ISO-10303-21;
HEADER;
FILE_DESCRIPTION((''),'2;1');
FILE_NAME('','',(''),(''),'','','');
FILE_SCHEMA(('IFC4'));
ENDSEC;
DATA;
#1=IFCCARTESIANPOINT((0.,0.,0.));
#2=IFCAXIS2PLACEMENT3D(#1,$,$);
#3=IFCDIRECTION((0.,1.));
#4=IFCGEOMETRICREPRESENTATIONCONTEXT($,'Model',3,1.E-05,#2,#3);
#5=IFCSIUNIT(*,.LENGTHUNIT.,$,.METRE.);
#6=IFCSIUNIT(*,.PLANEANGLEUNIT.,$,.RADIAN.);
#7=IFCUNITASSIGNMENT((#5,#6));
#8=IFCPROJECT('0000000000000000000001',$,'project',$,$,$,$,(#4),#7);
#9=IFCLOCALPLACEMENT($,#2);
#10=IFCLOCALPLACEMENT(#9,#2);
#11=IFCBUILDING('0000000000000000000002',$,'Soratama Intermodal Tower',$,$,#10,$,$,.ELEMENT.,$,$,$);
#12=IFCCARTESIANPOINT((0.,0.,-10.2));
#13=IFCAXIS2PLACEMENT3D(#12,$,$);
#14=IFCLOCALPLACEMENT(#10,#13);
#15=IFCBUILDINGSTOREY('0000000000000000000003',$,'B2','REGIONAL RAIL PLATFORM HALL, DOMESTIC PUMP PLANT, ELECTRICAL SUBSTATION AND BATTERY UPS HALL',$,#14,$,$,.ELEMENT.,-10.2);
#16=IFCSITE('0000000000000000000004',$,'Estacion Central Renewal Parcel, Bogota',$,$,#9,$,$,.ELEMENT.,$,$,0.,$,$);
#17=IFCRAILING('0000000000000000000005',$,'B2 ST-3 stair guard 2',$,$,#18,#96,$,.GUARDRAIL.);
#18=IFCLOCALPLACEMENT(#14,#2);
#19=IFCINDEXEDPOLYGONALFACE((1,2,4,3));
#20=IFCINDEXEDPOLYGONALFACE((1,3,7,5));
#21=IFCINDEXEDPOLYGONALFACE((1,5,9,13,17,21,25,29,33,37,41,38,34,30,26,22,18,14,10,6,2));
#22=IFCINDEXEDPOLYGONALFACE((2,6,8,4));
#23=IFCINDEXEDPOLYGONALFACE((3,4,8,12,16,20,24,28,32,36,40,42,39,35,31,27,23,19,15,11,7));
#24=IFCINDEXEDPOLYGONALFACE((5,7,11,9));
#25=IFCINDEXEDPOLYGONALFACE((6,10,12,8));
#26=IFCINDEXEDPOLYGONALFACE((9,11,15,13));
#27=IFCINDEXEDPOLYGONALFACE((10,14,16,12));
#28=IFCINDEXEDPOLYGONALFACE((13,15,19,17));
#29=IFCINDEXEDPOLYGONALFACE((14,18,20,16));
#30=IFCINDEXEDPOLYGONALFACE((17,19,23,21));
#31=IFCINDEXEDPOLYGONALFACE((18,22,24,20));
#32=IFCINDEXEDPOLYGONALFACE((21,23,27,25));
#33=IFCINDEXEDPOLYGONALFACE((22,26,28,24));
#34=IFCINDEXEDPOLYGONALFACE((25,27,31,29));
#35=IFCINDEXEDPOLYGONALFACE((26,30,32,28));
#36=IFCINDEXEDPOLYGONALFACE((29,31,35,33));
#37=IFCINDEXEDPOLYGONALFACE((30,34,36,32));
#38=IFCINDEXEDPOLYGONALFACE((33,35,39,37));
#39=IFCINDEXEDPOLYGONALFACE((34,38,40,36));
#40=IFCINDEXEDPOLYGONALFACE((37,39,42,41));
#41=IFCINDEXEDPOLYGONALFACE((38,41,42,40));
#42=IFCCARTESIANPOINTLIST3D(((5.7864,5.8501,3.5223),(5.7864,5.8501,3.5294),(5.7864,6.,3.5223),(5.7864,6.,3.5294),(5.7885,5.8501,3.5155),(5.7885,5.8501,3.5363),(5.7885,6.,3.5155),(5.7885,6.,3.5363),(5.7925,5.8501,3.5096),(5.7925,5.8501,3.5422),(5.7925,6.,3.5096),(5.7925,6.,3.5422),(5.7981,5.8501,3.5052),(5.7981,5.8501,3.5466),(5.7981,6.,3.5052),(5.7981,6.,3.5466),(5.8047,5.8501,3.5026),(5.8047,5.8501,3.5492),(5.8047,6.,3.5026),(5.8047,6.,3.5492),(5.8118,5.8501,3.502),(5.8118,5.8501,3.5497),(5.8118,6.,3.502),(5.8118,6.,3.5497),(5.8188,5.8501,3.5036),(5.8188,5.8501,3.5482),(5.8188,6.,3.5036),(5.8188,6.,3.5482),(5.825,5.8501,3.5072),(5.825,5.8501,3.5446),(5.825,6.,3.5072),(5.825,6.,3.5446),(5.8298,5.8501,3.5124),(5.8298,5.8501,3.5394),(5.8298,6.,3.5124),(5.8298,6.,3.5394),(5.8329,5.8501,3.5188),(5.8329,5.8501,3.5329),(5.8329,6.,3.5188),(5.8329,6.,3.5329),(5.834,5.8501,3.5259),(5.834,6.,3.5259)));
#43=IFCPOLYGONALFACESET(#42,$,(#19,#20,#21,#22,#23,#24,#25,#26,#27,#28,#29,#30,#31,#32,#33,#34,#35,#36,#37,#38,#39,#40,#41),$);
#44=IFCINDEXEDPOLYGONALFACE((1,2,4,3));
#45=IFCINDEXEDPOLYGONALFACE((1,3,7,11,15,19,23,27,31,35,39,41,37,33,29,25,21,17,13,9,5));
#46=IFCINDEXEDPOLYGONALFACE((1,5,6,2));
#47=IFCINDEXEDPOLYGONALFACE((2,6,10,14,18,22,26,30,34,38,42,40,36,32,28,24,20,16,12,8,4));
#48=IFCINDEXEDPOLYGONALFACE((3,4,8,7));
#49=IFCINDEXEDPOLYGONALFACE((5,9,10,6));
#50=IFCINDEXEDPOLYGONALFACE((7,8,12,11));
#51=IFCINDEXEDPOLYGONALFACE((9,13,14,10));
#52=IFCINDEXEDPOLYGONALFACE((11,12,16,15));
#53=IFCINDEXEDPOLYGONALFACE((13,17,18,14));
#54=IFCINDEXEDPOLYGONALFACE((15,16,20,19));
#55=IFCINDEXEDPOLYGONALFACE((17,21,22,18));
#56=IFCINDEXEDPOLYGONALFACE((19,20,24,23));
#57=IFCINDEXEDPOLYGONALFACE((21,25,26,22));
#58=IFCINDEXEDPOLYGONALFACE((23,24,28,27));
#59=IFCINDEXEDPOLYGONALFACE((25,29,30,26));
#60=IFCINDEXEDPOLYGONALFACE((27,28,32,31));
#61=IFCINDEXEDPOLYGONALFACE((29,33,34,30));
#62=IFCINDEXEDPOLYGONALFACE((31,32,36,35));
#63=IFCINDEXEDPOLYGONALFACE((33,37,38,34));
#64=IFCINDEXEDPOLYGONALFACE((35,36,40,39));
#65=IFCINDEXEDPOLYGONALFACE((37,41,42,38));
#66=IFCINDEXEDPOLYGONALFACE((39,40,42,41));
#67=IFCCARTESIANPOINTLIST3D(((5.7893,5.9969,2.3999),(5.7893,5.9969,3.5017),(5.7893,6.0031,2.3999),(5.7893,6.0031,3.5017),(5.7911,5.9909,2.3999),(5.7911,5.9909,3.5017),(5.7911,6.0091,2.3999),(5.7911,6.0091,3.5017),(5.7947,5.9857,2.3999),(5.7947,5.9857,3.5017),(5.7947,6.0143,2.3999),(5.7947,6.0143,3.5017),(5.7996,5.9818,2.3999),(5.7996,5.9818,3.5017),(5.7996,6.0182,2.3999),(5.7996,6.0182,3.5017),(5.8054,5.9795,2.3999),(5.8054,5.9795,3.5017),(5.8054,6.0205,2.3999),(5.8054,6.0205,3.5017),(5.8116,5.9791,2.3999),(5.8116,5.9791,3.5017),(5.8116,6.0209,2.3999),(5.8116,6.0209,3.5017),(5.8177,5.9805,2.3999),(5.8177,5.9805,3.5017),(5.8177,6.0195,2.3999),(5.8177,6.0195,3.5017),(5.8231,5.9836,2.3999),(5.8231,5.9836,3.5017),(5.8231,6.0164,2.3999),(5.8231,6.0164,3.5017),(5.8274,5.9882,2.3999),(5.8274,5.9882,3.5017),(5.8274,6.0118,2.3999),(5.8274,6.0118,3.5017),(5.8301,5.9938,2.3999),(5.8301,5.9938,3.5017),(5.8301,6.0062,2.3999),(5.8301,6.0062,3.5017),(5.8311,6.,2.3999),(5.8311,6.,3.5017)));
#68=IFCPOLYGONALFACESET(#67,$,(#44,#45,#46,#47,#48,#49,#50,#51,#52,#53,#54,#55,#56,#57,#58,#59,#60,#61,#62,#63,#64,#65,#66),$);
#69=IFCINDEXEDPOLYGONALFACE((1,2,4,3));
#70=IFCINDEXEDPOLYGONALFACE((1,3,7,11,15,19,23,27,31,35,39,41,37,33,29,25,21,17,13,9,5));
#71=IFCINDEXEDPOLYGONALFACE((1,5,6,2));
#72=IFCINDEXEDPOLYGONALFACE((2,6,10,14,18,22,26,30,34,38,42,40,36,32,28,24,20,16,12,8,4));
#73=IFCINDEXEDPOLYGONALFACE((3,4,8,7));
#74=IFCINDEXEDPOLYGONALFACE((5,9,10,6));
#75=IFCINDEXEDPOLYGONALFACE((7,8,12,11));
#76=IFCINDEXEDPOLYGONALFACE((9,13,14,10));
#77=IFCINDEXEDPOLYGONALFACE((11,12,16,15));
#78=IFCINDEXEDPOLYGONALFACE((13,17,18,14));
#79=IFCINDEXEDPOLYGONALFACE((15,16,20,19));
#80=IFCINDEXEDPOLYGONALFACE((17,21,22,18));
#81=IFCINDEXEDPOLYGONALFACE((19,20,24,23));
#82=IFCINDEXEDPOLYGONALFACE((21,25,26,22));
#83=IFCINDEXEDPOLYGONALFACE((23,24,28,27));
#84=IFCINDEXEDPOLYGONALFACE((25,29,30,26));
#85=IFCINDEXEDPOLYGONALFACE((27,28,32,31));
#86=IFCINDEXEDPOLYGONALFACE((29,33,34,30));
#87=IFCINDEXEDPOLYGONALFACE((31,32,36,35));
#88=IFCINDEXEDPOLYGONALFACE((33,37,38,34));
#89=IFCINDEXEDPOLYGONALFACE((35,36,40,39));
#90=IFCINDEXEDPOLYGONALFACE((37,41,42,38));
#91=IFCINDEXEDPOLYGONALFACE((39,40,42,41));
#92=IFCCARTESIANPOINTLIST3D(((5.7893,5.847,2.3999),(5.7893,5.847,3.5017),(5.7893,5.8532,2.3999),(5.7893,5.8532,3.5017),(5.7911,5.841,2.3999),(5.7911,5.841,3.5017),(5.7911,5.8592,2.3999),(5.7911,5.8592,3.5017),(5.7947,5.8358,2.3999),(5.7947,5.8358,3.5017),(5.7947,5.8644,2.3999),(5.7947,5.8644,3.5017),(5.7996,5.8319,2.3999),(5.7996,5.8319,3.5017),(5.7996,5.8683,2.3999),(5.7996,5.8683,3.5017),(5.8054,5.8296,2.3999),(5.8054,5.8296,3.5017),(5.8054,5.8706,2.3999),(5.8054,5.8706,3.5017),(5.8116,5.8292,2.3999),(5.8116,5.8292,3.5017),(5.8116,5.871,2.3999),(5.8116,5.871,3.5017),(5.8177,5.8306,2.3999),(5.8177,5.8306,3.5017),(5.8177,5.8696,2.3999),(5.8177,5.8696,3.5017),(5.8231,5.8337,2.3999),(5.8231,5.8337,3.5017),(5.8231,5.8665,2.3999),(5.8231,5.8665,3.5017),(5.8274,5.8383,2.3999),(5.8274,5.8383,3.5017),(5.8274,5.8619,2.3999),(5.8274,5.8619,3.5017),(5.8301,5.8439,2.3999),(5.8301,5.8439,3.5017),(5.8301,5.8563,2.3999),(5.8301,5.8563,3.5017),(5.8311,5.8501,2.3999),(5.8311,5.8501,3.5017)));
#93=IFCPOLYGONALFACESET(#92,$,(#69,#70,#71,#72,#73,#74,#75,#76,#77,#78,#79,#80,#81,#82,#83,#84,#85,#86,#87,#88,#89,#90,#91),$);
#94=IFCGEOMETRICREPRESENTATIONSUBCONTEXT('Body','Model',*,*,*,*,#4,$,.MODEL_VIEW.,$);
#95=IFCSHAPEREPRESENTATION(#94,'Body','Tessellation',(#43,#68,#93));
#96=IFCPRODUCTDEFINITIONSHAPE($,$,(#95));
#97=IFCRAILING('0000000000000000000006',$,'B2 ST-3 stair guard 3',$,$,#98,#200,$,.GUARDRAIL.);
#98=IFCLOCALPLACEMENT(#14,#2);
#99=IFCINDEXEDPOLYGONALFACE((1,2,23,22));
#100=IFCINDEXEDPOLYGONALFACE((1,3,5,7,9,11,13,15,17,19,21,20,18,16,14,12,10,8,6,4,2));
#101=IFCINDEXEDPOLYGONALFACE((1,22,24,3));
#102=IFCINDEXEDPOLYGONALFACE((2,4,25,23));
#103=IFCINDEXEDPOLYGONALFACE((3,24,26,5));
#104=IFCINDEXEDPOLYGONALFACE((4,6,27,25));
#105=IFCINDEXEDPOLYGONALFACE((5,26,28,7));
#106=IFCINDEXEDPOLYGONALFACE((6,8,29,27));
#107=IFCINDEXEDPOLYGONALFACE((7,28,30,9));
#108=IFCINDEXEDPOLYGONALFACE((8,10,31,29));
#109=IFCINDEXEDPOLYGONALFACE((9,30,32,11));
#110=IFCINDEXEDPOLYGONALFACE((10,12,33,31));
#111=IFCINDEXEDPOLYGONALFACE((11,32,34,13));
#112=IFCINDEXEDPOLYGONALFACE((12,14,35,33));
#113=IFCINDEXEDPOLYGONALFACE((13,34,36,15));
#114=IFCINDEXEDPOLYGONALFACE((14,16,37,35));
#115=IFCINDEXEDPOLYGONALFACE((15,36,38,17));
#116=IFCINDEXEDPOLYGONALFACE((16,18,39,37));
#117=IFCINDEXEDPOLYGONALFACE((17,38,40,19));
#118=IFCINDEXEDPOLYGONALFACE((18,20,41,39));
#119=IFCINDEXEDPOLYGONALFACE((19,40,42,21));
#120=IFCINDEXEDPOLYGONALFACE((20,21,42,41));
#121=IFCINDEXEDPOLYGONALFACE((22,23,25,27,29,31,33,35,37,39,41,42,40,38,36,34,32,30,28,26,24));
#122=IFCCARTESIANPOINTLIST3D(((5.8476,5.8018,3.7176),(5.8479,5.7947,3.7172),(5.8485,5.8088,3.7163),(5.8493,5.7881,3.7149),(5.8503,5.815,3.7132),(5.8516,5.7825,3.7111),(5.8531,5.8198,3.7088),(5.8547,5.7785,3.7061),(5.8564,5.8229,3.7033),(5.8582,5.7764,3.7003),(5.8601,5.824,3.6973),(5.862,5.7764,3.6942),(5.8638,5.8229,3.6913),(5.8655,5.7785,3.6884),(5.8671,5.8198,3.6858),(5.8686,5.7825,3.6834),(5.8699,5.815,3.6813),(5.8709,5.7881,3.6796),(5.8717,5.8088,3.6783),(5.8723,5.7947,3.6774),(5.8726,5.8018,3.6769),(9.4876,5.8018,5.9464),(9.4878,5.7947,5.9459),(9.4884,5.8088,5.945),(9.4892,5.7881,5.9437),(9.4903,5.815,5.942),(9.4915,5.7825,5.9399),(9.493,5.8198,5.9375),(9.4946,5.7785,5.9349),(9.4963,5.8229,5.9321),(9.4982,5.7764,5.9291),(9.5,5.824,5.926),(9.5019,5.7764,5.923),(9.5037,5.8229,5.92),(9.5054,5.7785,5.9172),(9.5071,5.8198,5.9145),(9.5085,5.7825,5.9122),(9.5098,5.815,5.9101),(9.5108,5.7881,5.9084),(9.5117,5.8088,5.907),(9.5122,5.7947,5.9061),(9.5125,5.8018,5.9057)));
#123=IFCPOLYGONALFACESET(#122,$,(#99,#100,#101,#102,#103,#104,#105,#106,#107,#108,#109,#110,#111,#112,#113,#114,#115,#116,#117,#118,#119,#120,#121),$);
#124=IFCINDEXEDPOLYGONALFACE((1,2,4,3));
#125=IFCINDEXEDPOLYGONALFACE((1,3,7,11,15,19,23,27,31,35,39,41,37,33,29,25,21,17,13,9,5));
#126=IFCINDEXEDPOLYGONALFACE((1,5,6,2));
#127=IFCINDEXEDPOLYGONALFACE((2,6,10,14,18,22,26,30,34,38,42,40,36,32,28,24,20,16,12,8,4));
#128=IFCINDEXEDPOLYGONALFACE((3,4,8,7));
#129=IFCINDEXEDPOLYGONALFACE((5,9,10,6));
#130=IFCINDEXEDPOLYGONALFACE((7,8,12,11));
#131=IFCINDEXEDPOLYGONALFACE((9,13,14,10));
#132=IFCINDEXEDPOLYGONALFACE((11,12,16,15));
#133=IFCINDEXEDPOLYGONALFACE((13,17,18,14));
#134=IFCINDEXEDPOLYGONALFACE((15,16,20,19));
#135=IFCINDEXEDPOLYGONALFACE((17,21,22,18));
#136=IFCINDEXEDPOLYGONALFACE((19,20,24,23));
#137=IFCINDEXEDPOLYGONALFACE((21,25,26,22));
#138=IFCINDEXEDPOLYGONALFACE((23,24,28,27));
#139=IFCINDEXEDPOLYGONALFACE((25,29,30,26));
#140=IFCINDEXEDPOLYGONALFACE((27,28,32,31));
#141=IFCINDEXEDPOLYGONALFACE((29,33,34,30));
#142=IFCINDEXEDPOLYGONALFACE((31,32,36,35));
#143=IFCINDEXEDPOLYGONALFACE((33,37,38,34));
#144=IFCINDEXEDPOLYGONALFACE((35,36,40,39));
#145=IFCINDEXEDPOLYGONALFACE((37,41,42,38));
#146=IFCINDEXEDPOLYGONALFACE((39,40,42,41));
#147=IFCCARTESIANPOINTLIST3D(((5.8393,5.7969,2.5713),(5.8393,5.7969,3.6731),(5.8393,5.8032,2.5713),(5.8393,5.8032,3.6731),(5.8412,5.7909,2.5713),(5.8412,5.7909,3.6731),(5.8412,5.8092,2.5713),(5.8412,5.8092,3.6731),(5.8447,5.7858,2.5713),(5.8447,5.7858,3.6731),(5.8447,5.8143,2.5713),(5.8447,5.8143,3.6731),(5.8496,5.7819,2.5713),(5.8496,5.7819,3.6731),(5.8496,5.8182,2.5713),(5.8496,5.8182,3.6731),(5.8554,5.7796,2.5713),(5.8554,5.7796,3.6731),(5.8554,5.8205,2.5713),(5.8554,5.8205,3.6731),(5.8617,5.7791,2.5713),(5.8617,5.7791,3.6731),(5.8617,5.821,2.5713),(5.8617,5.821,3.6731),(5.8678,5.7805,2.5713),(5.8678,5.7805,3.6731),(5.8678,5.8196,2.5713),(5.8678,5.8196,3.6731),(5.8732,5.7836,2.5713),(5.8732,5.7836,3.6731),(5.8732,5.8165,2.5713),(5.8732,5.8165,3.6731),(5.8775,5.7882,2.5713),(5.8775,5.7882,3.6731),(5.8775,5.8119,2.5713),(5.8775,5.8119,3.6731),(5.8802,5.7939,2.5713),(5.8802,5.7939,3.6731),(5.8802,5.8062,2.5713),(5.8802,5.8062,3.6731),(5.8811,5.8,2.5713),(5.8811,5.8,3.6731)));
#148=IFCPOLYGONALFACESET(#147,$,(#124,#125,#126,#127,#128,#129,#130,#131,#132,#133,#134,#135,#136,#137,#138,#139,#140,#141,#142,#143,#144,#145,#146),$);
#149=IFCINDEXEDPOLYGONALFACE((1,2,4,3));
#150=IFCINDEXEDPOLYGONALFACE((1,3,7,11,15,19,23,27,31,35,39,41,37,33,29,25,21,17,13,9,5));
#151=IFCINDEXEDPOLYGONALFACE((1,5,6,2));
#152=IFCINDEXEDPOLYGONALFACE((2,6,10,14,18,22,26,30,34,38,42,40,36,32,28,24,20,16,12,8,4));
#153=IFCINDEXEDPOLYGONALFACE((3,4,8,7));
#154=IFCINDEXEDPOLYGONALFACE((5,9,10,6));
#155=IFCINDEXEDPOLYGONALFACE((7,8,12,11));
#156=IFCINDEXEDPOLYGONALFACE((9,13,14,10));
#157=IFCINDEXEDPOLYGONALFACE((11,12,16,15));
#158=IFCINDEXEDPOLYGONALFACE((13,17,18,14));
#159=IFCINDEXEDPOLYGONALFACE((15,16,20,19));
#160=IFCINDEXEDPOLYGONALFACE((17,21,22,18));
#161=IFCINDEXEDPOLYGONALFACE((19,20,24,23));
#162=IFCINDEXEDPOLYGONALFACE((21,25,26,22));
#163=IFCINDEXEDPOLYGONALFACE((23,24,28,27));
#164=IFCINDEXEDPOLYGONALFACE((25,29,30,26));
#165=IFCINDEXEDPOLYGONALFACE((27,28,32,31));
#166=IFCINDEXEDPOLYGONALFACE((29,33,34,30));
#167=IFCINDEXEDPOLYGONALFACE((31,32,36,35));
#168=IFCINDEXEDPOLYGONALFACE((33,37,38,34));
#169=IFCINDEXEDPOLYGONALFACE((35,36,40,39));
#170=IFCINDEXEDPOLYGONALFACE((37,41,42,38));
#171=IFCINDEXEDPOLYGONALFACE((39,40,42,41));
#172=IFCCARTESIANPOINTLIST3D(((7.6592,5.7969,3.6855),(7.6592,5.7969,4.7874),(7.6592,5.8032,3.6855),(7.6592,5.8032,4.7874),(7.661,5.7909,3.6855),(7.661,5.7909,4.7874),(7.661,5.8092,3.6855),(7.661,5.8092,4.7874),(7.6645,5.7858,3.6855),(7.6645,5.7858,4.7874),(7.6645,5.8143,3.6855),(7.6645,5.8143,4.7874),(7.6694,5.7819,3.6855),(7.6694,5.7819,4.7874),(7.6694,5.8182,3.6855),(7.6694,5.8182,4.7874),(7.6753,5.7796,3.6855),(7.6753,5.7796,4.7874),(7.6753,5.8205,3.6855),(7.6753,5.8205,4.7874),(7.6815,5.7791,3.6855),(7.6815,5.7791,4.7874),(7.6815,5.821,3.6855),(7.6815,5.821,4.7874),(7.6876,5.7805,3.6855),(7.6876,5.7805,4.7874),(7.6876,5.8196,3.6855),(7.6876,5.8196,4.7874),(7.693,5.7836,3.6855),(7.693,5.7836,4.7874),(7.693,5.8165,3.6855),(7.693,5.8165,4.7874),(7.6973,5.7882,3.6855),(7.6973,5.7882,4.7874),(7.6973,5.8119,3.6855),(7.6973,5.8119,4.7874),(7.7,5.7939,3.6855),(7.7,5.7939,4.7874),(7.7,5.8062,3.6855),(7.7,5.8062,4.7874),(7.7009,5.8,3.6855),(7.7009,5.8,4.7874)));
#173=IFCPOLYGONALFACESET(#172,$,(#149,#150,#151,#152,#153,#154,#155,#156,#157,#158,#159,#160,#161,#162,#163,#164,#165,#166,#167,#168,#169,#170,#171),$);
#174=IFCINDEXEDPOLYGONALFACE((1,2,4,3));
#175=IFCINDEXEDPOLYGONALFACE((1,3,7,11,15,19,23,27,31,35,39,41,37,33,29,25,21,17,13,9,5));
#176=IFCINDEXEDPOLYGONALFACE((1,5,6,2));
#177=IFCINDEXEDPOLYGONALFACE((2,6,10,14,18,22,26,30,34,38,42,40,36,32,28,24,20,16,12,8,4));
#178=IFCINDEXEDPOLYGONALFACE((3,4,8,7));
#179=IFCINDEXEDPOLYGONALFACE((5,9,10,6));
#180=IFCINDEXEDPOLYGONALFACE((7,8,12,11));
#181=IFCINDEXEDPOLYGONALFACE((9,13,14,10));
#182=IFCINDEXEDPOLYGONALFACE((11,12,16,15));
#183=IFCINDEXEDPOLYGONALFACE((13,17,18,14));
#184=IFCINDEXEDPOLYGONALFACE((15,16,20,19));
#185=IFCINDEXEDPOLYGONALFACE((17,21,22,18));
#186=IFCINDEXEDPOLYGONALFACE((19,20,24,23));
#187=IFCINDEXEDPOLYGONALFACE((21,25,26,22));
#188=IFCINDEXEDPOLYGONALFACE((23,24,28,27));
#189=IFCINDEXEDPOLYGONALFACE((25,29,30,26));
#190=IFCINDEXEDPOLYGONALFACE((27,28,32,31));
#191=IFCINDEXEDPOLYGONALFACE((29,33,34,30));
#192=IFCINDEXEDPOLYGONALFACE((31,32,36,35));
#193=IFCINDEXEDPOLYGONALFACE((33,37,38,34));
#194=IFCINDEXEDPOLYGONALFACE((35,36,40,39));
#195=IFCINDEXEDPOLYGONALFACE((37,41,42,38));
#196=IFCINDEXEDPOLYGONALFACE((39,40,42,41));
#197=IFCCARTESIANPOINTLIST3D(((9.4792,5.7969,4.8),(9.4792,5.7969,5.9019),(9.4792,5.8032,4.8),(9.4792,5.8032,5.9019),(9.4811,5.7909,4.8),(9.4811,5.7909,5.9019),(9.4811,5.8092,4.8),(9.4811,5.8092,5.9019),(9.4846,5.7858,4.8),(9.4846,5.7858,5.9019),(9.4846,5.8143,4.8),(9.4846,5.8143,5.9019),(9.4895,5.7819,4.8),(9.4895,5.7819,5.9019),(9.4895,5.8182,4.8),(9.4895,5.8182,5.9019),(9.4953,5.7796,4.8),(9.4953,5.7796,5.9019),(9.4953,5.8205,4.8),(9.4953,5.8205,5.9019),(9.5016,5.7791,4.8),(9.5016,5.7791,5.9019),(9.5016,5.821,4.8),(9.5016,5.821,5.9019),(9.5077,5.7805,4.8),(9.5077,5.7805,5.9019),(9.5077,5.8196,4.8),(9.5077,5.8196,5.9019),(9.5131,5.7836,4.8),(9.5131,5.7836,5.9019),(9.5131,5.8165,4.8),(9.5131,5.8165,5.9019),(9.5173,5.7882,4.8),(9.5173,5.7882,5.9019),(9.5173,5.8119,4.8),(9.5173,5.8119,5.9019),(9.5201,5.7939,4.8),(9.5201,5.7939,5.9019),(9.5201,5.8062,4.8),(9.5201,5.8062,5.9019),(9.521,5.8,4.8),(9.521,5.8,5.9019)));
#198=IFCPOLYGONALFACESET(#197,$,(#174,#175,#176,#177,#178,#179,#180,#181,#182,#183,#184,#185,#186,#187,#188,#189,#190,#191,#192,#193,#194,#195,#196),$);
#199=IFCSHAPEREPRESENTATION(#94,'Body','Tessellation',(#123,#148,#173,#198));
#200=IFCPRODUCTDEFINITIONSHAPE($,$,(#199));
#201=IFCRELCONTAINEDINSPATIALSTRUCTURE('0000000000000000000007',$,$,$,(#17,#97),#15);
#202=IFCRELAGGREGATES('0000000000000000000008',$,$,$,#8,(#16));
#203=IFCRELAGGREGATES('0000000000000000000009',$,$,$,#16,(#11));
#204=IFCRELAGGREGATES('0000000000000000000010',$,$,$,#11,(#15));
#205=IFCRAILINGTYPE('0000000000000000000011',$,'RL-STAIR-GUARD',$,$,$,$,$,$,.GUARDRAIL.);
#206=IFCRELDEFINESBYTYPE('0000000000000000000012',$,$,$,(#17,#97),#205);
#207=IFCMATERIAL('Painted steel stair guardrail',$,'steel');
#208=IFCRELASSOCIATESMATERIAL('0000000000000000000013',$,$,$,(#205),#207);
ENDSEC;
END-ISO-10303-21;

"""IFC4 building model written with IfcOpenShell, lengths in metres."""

from ifc_helpers import new_model, si_unit, direction, frame, origin, origin_2d, place, context, subcontext, project, spatial, circle, extrude, material, type_object, element, save


model = new_model("IFC4")

# Units and contexts
model_context = context("Model", 3, precision=1e-05, world=origin(), true_north=direction((0.0, 1.0)))
body_context = subcontext(model_context, "Body", "Model", "MODEL_VIEW")
ifc_project = project(units=[si_unit("LENGTHUNIT", "METRE"), si_unit("PLANEANGLEUNIT", "RADIAN")], contexts=[model_context])

# Site, building, storey
site_placement = place(None, origin())
site = spatial("IfcSite", under=ifc_project, at=site_placement, Name="Estacion Central Renewal Parcel, Bogota", CompositionType="ELEMENT", RefElevation=0.0)
building_placement = place(site_placement, origin())
building = spatial("IfcBuilding", under=site, at=building_placement, Name="Soratama Intermodal Tower", CompositionType="ELEMENT")
storey_placement = place(building_placement, frame((0.0, 0.0, -10.2)))
storey = spatial("IfcBuildingStorey", under=building, at=storey_placement, Name="B2", Description="REGIONAL RAIL PLATFORM HALL, DOMESTIC PUMP PLANT, ELECTRICAL SUBSTATION AND BATTERY UPS HALL", CompositionType="ELEMENT", Elevation=-10.2)

# Railings
ifc_material_1 = material(Name="Painted steel stair guardrail", Category="steel")
railing_type_1 = type_object("IfcRailingType", Name="RL-STAIR-GUARD", PredefinedType="GUARDRAIL", material=ifc_material_1)
railing_1_placement = place(storey_placement, frame((5.8101, 6.0, 2.3999)))
element("IfcRailing", 1, at=railing_1_placement, inside=storey, type_object=railing_type_1, Name="B2 ST-3 stair guard 2", PredefinedType="GUARDRAIL", context=body_context, shape_type="SweptSolid", body=[
    extrude(circle(Radius=0.0239, at=origin_2d()), frame((0.0, 0.0, 1.126), z_axis=(0.0, -1.0, 0.0), x_axis=(1.0, 0.0, 0.0)), (0.0, 0.0, 1.0), 0.1499),
    extrude(circle(Radius=0.021, at=origin_2d()), origin(), (0.0, 0.0, 1.0), 1.1018),
    extrude(circle(Radius=0.021, at=origin_2d()), frame((0.0, -0.1499, 0.0)), (0.0, 0.0, 1.0), 1.1018),
])
railing_2_placement = place(storey_placement, frame((5.8601, 5.8, 2.5713)))
element("IfcRailing", 2, at=railing_2_placement, inside=storey, type_object=railing_type_1, Name="B2 ST-3 stair guard 3", PredefinedType="GUARDRAIL", context=body_context, shape_type="SweptSolid", body=[
    extrude(circle(Radius=0.0239, at=origin_2d()), frame((0.0, 0.0, 1.126), z_axis=(0.852825, 0.0, 0.522197), x_axis=(0.0, 1.0, 0.0)), (0.0, 0.0, 1.0), 4.2681),
    extrude(circle(Radius=0.021, at=origin_2d()), origin(), (0.0, 0.0, 1.0), 1.1018),
    extrude(circle(Radius=0.021, at=origin_2d()), frame((1.8198, 0.0, 1.1143)), (0.0, 0.0, 1.0), 1.1018),
    extrude(circle(Radius=0.021, at=origin_2d()), frame((3.6399, 0.0, 2.2288)), (0.0, 0.0, 1.0), 1.1018),
])

save(model, "model.ifc")
